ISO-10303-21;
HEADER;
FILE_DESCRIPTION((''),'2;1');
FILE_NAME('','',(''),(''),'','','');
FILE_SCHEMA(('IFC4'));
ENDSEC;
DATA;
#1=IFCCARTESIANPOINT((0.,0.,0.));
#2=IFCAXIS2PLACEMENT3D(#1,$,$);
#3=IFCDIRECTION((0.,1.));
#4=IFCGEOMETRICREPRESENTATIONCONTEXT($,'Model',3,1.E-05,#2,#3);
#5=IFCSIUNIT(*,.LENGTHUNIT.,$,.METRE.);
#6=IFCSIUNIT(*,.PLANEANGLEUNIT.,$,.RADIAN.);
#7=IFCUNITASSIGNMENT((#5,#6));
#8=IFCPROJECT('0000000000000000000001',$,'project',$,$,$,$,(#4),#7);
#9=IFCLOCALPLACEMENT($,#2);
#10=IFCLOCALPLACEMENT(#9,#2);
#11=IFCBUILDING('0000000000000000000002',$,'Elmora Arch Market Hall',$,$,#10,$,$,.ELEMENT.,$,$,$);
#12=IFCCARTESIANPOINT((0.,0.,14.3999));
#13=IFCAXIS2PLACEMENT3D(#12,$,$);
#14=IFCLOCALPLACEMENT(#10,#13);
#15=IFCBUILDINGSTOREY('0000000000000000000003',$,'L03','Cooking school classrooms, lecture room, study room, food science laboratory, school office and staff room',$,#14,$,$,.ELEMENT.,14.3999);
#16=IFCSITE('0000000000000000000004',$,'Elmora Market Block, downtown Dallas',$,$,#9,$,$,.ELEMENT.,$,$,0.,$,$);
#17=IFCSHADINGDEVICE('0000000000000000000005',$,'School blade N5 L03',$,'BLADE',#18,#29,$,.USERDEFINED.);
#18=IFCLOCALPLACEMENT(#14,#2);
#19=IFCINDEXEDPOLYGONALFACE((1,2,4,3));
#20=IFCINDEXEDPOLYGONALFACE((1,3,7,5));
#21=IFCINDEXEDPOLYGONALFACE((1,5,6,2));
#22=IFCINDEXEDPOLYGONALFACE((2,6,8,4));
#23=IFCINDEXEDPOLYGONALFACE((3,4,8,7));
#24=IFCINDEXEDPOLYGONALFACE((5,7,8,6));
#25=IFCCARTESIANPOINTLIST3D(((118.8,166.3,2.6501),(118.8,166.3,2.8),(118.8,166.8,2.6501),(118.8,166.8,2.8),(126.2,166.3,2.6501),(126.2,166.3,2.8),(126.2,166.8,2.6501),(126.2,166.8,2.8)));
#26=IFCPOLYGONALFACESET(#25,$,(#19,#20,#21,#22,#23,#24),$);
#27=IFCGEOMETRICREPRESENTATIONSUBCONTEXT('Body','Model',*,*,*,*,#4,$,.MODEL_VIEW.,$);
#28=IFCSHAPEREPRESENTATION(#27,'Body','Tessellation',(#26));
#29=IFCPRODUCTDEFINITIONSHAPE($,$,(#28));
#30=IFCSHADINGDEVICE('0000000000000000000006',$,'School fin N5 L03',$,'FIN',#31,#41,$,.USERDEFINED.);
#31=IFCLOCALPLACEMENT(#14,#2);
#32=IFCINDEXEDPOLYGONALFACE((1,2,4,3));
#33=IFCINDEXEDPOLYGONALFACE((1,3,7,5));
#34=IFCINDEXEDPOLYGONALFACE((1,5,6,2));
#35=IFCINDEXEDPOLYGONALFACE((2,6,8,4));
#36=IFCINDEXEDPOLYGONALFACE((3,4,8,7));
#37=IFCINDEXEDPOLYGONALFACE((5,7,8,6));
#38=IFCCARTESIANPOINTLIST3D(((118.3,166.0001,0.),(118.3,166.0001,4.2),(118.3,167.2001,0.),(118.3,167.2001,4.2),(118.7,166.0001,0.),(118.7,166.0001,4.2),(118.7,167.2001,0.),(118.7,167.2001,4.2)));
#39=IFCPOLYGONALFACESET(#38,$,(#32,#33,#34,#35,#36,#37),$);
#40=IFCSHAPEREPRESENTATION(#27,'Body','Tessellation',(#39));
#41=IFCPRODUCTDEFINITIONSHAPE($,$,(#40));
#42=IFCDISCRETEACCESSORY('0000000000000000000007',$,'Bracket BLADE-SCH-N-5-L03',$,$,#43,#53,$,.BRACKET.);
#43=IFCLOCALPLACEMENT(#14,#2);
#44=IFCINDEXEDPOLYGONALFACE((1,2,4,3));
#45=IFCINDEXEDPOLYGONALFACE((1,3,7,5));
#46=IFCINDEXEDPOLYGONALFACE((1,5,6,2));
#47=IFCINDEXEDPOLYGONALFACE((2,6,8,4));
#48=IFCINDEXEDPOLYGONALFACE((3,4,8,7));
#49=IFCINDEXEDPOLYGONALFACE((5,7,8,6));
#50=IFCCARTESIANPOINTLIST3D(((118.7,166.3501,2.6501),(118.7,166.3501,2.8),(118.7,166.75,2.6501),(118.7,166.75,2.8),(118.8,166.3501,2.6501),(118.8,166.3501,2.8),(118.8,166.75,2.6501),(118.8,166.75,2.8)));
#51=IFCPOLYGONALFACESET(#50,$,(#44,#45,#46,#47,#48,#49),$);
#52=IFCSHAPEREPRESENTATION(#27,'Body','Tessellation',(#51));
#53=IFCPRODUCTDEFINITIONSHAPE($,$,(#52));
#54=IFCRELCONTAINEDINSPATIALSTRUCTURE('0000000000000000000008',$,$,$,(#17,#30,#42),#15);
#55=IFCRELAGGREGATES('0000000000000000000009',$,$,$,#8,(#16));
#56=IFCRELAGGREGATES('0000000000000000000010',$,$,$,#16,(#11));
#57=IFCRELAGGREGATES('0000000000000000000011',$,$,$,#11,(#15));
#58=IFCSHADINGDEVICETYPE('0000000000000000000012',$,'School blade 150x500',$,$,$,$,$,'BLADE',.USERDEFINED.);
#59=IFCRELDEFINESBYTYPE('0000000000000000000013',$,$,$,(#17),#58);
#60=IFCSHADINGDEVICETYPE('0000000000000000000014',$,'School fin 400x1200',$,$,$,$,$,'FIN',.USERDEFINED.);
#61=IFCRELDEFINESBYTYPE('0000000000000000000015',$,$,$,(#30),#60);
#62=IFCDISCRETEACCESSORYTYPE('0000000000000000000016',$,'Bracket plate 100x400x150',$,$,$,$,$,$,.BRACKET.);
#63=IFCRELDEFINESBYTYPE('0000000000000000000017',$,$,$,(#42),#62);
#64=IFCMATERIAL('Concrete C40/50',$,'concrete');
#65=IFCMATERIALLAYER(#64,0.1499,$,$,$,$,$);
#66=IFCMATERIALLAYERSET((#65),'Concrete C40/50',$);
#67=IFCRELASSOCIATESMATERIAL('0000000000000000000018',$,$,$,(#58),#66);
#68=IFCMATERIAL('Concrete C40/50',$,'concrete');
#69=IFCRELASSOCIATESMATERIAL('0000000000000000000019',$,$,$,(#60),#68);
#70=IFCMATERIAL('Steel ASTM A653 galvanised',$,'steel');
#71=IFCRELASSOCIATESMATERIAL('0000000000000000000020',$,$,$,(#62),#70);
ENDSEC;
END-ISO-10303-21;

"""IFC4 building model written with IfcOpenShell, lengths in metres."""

from ifc_helpers import new_model, si_unit, direction, frame, origin, origin_2d, place, context, subcontext, project, spatial, rectangle, extrude, material, layer, layer_set, type_object, element, save


model = new_model("IFC4")

# Units and contexts
model_context = context("Model", 3, precision=1e-05, world=origin(), true_north=direction((0.0, 1.0)))
body_context = subcontext(model_context, "Body", "Model", "MODEL_VIEW")
ifc_project = project(units=[si_unit("LENGTHUNIT", "METRE"), si_unit("PLANEANGLEUNIT", "RADIAN")], contexts=[model_context])

# Site, building, storey
site_placement = place(None, origin())
site = spatial("IfcSite", under=ifc_project, at=site_placement, Name="Elmora Market Block, downtown Dallas", CompositionType="ELEMENT", RefElevation=0.0)
building_placement = place(site_placement, origin())
building = spatial("IfcBuilding", under=site, at=building_placement, Name="Elmora Arch Market Hall", CompositionType="ELEMENT")
storey_placement = place(building_placement, frame((0.0, 0.0, 14.3999)))
storey = spatial("IfcBuildingStorey", under=building, at=storey_placement, Name="L03", Description="Cooking school classrooms, lecture room, study room, food science laboratory, school office and staff room", CompositionType="ELEMENT", Elevation=14.3999)

# Shading devices
ifc_material_1 = material(Name="Concrete C40/50", Category="concrete")
ifc_layer_1 = layer(ifc_material_1, 0.1499)
ifc_layer_set_1 = layer_set([ifc_layer_1], Name="Concrete C40/50")
shading_device_type_1 = type_object("IfcShadingDeviceType", Name="School blade 150x500", ElementType="BLADE", PredefinedType="USERDEFINED", material=ifc_layer_set_1)
shading_device_1_placement = place(storey_placement, frame((122.5, 166.55, 2.6501), z_axis=(0.0, 0.0, 1.0), x_axis=(1.0, 0.0, 0.0)))
element("IfcShadingDevice", 1, at=shading_device_1_placement, inside=storey, type_object=shading_device_type_1, Name="School blade N5 L03", ObjectType="BLADE", PredefinedType="USERDEFINED", context=body_context, shape_type="SweptSolid", body=[
    extrude(rectangle(XDim=7.3999, YDim=0.5, at=origin_2d()), origin(), (0.0, 0.0, 1.0), 0.1499),
])
ifc_material_2 = material(Name="Concrete C40/50", Category="concrete")
shading_device_type_2 = type_object("IfcShadingDeviceType", Name="School fin 400x1200", ElementType="FIN", PredefinedType="USERDEFINED", material=ifc_material_2)
shading_device_2_placement = place(storey_placement, frame((118.5, 166.6001, 0.0), z_axis=(0.0, 0.0, 1.0), x_axis=(1.0, 0.0, 0.0)))
element("IfcShadingDevice", 2, at=shading_device_2_placement, inside=storey, type_object=shading_device_type_2, Name="School fin N5 L03", ObjectType="FIN", PredefinedType="USERDEFINED", context=body_context, shape_type="SweptSolid", body=[
    extrude(rectangle(XDim=0.3999, YDim=1.2, at=origin_2d()), origin(), (0.0, 0.0, 1.0), 4.2),
])

# Discrete accessory
ifc_material_3 = material(Name="Steel ASTM A653 galvanised", Category="steel")
discrete_accessory_type = type_object("IfcDiscreteAccessoryType", Name="Bracket plate 100x400x150", PredefinedType="BRACKET", material=ifc_material_3)
discrete_accessory_placement = place(storey_placement, frame((118.75, 166.55, 2.6501), z_axis=(0.0, 0.0, 1.0), x_axis=(1.0, 0.0, 0.0)))
element("IfcDiscreteAccessory", 3, at=discrete_accessory_placement, inside=storey, type_object=discrete_accessory_type, Name="Bracket BLADE-SCH-N-5-L03", PredefinedType="BRACKET", context=body_context, shape_type="SweptSolid", body=[
    extrude(rectangle(XDim=0.1001, YDim=0.3999, at=origin_2d()), origin(), (0.0, 0.0, 1.0), 0.1499),
])

save(model, "model.ifc")
